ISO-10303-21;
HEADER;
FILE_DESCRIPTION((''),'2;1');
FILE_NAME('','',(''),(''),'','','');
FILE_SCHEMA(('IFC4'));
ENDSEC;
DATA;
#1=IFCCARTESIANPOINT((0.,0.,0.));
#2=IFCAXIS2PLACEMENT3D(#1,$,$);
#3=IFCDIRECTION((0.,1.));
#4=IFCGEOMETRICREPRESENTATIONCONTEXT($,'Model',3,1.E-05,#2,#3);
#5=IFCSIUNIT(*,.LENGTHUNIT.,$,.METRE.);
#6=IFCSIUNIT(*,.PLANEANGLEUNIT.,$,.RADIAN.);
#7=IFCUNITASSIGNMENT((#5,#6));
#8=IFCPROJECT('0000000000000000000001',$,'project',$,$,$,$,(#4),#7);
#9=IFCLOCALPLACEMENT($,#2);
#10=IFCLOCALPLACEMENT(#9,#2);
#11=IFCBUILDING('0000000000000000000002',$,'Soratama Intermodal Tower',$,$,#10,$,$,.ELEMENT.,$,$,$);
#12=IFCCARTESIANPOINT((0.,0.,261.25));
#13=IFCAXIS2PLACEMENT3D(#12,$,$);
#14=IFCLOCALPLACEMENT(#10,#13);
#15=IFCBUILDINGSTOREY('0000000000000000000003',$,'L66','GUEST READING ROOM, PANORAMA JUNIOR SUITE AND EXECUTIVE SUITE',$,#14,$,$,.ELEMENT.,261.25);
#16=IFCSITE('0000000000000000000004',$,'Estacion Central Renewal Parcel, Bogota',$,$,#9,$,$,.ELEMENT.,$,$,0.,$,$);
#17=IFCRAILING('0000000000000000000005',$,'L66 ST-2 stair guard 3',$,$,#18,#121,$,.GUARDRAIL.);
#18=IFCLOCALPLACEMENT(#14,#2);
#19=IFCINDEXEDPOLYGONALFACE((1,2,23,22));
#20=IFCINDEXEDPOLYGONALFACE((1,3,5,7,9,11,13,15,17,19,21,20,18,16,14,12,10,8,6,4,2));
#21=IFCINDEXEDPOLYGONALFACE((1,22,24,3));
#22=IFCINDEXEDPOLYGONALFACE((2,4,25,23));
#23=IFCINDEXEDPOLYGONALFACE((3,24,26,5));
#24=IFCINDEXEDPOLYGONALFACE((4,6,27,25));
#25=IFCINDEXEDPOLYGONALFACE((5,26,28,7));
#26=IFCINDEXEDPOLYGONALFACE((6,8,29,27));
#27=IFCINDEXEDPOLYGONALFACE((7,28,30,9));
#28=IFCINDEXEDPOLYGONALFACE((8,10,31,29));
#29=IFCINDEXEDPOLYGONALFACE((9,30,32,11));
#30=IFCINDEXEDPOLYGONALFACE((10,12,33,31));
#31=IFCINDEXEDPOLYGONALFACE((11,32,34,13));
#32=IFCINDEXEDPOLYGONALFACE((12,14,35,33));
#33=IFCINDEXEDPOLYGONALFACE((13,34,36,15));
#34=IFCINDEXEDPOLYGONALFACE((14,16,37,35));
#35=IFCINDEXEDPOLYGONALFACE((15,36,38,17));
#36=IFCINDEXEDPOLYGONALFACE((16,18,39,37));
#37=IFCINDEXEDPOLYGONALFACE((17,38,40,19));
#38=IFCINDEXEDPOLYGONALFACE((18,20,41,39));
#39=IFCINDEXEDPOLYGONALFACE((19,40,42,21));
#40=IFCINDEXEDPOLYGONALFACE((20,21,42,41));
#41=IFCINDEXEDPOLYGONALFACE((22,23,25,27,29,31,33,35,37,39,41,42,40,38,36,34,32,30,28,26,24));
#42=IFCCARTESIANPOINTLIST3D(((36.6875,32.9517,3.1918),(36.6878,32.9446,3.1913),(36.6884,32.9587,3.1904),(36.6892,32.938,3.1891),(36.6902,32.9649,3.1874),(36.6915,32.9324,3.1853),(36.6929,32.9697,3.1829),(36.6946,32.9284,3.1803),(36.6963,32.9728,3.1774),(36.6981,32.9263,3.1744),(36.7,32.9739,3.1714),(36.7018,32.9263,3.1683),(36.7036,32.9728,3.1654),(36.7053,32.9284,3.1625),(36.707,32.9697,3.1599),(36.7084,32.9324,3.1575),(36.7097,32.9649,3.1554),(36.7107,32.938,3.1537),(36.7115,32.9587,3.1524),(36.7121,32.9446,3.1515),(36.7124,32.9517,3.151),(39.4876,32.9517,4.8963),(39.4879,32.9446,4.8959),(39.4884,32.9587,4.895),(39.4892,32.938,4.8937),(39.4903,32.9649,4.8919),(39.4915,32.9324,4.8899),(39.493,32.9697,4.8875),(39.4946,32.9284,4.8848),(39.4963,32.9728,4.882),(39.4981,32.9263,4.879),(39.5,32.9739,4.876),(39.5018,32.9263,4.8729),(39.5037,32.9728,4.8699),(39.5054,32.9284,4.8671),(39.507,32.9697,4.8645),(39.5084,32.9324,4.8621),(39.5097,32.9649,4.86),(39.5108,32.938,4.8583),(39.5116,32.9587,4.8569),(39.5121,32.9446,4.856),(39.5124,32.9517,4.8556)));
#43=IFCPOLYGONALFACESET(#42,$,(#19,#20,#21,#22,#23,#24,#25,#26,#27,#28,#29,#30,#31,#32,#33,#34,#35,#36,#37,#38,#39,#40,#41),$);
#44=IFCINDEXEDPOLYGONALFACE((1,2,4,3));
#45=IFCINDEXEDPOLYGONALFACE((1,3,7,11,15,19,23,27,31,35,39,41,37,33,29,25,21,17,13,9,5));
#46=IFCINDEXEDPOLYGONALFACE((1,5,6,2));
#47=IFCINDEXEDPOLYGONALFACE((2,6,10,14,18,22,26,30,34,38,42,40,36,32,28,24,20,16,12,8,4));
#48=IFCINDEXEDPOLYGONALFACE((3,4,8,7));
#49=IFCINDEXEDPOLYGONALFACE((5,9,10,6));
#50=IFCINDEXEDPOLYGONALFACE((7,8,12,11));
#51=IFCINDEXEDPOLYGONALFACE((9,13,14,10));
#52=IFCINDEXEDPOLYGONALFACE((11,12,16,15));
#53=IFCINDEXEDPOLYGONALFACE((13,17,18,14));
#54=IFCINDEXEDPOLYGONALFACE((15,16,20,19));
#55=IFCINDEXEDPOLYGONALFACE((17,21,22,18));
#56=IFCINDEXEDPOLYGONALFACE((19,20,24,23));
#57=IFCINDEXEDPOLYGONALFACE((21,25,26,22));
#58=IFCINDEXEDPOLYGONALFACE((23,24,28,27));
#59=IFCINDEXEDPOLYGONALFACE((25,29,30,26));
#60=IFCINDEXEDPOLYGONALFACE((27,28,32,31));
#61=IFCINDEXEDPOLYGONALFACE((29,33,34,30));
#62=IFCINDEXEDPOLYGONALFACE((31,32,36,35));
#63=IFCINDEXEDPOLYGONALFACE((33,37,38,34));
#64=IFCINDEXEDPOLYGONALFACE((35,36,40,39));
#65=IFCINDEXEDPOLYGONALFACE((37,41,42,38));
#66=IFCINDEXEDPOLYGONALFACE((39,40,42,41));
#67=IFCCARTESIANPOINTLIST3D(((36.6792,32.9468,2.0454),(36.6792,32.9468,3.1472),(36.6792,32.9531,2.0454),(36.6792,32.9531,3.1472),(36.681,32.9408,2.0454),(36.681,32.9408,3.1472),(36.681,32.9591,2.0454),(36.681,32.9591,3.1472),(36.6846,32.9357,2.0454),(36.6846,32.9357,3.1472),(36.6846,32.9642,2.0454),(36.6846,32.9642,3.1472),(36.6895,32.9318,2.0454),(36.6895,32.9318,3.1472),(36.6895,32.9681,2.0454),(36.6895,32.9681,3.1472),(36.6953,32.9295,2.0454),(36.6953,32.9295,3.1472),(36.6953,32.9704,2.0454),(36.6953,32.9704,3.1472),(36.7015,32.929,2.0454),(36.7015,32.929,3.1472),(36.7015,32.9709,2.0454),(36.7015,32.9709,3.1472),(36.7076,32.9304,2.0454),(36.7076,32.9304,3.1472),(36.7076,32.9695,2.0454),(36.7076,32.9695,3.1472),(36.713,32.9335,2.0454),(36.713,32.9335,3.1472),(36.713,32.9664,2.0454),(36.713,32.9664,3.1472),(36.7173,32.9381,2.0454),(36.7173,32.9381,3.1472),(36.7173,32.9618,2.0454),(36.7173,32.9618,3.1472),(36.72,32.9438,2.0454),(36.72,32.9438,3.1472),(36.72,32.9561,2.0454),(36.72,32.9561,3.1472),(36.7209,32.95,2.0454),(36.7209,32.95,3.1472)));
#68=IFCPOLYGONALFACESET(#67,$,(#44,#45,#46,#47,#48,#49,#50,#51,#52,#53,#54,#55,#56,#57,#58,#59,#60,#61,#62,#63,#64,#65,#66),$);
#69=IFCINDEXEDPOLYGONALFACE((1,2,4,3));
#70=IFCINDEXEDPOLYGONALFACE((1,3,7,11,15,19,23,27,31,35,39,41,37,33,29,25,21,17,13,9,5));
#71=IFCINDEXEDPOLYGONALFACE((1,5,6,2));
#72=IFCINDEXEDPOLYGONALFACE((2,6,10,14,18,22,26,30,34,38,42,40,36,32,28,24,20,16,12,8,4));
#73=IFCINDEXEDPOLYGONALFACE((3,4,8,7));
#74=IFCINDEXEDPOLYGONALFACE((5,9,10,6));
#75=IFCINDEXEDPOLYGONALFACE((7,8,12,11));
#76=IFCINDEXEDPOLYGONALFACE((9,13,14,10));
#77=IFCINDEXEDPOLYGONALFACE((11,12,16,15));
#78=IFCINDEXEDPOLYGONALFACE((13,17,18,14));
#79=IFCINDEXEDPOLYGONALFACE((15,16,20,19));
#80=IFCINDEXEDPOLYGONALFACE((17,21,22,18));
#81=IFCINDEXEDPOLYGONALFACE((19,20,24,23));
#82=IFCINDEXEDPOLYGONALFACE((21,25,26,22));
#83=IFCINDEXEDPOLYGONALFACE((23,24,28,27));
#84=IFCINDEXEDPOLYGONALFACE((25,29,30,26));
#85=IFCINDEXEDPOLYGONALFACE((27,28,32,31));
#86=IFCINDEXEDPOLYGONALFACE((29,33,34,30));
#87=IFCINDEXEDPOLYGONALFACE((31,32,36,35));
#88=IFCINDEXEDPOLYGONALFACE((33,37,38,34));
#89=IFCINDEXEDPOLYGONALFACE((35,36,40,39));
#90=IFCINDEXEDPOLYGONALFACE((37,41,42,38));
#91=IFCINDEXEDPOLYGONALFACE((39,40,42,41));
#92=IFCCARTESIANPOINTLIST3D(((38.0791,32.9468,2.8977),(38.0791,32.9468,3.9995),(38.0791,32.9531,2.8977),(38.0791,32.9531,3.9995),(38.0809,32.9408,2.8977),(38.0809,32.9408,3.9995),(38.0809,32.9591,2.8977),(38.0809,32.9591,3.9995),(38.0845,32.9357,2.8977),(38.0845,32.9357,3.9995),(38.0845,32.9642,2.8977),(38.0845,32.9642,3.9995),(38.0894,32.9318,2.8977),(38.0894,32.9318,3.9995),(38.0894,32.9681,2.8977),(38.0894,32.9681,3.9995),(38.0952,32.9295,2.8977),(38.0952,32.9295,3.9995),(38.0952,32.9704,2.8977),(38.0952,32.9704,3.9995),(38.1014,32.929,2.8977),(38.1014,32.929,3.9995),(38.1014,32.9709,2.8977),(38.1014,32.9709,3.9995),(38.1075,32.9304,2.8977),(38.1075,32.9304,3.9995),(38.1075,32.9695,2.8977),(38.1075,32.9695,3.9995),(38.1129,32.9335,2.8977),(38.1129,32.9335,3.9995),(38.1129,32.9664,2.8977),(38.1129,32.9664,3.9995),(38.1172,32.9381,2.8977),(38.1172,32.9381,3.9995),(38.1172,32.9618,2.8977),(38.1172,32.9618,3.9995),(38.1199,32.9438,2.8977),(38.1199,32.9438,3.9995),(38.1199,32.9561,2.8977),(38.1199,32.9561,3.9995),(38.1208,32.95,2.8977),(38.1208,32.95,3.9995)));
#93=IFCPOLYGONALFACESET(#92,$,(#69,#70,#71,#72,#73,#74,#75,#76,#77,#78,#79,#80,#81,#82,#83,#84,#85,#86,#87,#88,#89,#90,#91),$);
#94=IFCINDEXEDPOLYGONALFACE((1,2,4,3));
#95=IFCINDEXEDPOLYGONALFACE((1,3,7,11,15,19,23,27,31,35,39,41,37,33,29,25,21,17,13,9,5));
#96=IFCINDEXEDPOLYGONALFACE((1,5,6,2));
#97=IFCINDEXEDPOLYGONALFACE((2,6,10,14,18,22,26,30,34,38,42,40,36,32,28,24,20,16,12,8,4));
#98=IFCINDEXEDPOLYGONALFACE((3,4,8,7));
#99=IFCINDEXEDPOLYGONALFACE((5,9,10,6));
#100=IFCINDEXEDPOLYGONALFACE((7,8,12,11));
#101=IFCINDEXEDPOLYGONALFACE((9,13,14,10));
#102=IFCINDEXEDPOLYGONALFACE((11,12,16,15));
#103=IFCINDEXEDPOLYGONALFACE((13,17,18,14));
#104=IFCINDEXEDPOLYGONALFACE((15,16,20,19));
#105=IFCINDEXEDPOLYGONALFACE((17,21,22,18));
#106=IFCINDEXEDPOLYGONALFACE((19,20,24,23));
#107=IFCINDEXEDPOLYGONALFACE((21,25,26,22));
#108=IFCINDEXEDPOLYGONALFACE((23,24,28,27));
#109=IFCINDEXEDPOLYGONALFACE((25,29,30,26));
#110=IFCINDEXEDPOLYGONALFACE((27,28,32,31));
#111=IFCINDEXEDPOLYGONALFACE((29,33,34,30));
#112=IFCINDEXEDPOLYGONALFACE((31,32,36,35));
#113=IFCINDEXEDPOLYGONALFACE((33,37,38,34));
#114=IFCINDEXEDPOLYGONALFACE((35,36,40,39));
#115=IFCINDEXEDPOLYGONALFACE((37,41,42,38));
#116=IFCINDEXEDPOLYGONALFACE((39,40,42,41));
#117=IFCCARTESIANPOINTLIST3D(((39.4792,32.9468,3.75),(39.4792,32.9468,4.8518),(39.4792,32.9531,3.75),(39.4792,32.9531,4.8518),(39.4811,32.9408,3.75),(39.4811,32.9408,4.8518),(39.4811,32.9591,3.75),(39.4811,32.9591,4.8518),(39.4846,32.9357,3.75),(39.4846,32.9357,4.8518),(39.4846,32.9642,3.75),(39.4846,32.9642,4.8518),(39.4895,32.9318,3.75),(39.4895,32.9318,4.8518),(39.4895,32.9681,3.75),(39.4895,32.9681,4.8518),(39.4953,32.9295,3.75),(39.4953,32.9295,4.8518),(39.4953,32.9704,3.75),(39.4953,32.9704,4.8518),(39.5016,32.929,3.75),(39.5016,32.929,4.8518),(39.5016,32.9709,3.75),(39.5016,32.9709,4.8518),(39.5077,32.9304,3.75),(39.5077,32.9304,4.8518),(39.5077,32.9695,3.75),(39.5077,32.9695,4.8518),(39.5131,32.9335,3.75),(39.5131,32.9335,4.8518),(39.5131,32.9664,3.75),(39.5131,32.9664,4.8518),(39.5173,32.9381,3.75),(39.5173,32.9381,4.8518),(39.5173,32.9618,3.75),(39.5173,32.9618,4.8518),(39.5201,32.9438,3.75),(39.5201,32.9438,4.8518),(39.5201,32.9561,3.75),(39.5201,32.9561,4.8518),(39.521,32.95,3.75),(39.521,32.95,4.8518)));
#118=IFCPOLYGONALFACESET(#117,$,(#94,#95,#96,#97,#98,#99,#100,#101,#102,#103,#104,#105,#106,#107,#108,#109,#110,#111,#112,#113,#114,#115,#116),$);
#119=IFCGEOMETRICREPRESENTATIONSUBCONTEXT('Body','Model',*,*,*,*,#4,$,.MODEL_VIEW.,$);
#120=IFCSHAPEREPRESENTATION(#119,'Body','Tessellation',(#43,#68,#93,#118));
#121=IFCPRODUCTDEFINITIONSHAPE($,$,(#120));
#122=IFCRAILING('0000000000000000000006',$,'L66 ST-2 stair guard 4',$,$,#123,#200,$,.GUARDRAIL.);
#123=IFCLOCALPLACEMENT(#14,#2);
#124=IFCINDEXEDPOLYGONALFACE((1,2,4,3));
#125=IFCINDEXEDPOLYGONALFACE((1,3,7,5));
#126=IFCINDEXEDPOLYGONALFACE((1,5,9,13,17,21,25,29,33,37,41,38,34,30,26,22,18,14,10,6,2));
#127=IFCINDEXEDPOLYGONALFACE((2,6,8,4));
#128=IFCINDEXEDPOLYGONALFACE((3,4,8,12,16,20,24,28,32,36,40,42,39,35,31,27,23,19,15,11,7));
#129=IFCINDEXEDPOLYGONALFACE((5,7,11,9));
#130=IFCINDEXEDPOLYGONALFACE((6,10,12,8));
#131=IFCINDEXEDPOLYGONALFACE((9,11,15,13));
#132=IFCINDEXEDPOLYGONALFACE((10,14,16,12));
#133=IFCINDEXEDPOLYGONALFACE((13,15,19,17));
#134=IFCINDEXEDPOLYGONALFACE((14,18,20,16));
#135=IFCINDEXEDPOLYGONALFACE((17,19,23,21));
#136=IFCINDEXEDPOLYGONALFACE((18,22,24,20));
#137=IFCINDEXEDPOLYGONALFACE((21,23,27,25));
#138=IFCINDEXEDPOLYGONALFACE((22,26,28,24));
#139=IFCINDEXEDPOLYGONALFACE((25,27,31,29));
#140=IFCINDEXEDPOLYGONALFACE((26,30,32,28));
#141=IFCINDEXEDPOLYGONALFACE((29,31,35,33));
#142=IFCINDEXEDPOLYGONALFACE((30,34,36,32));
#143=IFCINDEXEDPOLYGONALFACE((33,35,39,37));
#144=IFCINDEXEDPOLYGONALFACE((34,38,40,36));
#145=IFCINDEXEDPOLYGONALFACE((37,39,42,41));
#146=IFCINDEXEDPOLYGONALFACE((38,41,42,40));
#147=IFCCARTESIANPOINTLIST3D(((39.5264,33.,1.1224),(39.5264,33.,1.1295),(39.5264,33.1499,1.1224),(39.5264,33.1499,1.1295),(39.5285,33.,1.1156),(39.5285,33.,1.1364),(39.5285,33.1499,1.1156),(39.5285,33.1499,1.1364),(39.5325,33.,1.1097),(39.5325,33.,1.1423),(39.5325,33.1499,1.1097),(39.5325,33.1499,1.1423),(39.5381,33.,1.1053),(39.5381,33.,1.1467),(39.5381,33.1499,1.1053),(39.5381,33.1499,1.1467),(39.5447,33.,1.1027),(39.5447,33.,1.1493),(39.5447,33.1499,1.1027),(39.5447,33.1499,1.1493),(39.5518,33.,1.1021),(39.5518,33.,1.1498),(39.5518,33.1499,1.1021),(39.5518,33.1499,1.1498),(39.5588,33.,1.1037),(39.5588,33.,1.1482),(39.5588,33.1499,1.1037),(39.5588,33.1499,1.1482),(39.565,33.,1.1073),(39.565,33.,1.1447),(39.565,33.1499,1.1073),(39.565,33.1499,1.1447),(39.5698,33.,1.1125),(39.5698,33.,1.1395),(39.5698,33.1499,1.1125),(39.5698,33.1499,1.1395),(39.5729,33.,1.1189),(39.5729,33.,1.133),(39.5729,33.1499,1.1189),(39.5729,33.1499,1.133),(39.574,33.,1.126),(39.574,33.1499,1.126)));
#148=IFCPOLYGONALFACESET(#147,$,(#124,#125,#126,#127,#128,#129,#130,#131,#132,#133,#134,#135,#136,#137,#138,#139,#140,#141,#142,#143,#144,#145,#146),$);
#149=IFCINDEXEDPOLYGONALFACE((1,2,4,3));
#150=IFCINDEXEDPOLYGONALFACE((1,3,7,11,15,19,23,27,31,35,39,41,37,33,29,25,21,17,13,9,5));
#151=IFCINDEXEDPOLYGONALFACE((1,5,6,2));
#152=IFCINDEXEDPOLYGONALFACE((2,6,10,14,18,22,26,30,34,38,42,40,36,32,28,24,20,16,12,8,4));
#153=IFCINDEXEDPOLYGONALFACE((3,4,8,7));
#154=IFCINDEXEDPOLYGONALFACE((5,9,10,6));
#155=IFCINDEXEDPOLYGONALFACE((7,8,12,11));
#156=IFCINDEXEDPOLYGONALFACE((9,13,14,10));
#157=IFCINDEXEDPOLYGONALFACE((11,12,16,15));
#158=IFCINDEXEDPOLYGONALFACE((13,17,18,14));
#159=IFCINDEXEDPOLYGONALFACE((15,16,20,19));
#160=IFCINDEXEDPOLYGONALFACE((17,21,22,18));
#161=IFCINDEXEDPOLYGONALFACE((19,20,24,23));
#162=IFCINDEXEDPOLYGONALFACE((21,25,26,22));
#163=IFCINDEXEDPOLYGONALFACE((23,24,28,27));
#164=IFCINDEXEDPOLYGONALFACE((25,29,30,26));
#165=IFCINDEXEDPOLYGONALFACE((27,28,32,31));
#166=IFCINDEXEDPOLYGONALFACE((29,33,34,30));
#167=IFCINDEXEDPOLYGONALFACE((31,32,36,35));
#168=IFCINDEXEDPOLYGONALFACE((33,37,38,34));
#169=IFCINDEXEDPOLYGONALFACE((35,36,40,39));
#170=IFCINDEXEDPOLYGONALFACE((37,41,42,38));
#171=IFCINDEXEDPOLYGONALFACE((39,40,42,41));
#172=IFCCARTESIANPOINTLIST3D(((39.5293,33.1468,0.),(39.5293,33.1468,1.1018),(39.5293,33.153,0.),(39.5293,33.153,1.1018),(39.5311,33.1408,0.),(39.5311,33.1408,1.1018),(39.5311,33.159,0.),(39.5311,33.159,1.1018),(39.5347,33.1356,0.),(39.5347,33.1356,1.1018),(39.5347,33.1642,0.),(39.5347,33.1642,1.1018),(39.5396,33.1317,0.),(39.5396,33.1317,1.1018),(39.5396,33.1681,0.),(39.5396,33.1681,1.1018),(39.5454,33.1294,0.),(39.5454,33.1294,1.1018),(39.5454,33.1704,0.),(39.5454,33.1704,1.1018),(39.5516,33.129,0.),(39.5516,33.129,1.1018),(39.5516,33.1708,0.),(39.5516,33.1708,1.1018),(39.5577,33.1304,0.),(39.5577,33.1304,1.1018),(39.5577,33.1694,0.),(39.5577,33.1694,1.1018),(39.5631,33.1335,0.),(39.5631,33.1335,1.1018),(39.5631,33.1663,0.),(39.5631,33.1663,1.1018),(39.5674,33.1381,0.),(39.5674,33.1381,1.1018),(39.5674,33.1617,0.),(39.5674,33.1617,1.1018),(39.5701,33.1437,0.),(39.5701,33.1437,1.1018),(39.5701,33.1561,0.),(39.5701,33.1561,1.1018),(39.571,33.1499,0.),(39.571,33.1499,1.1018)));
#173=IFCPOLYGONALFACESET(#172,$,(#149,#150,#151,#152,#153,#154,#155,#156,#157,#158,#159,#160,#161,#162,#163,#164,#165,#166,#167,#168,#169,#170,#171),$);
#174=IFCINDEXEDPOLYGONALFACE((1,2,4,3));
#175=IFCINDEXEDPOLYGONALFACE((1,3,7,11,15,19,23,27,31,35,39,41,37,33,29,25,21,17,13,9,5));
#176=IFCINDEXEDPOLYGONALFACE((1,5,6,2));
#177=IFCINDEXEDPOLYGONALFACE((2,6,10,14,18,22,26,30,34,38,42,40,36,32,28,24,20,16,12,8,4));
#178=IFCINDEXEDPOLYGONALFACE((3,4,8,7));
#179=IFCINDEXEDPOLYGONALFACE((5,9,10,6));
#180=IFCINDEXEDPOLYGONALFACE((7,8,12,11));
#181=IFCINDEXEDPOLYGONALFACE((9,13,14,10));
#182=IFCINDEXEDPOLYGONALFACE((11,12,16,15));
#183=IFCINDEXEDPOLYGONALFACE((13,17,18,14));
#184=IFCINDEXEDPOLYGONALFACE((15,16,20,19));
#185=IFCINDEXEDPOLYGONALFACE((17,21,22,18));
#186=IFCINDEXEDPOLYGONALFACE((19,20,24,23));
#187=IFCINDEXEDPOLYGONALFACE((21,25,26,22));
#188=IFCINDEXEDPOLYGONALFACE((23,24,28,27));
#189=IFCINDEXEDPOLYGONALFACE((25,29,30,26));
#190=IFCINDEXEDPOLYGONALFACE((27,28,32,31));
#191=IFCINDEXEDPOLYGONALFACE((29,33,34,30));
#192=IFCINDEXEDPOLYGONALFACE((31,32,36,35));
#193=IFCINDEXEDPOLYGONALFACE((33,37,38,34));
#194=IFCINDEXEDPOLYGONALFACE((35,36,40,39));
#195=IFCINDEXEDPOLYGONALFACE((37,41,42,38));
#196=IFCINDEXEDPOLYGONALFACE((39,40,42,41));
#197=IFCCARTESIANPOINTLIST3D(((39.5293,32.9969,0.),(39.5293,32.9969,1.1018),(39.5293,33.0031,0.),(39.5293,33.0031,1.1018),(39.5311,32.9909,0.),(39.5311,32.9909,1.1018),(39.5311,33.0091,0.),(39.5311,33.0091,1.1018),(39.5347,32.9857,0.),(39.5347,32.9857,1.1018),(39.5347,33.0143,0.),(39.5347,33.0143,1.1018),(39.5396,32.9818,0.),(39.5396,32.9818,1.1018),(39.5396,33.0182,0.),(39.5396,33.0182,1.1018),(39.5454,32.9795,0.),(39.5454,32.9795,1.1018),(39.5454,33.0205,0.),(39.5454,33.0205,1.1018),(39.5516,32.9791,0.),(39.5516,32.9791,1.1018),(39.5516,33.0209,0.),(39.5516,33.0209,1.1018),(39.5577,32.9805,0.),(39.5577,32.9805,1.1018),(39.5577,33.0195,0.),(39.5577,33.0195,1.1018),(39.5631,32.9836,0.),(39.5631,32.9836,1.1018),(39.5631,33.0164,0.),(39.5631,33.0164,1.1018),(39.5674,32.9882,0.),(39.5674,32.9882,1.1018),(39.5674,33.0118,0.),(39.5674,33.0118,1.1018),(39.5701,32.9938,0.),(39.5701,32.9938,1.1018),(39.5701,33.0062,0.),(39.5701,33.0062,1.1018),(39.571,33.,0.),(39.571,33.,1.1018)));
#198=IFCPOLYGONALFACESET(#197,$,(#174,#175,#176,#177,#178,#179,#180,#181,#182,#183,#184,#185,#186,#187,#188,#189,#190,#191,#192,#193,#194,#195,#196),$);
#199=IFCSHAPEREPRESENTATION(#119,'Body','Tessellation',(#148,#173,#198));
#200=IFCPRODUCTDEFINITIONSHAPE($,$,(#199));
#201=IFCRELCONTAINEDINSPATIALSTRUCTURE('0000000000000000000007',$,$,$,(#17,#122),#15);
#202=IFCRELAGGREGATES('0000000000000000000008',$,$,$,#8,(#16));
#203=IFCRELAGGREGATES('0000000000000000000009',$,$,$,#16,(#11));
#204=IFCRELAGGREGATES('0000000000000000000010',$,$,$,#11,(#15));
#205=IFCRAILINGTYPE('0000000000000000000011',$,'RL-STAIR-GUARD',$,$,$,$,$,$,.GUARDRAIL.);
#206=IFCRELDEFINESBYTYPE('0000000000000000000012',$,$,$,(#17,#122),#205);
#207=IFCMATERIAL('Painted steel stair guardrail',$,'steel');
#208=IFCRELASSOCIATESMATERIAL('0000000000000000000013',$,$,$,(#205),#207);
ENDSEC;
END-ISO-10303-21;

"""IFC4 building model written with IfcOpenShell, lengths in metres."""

from ifc_helpers import new_model, si_unit, direction, frame, origin, origin_2d, place, context, subcontext, project, spatial, circle, extrude, material, type_object, element, save


model = new_model("IFC4")

# Units and contexts
model_context = context("Model", 3, precision=1e-05, world=origin(), true_north=direction((0.0, 1.0)))
body_context = subcontext(model_context, "Body", "Model", "MODEL_VIEW")
ifc_project = project(units=[si_unit("LENGTHUNIT", "METRE"), si_unit("PLANEANGLEUNIT", "RADIAN")], contexts=[model_context])

# Site, building, storey
site_placement = place(None, origin())
site = spatial("IfcSite", under=ifc_project, at=site_placement, Name="Estacion Central Renewal Parcel, Bogota", CompositionType="ELEMENT", RefElevation=0.0)
building_placement = place(site_placement, origin())
building = spatial("IfcBuilding", under=site, at=building_placement, Name="Soratama Intermodal Tower", CompositionType="ELEMENT")
storey_placement = place(building_placement, frame((0.0, 0.0, 261.25)))
storey = spatial("IfcBuildingStorey", under=building, at=storey_placement, Name="L66", Description="GUEST READING ROOM, PANORAMA JUNIOR SUITE AND EXECUTIVE SUITE", CompositionType="ELEMENT", Elevation=261.25)

# Railings
ifc_material_1 = material(Name="Painted steel stair guardrail", Category="steel")
railing_type_1 = type_object("IfcRailingType", Name="RL-STAIR-GUARD", PredefinedType="GUARDRAIL", material=ifc_material_1)
railing_1_placement = place(storey_placement, frame((36.7, 32.95, 2.0454)))
element("IfcRailing", 1, at=railing_1_placement, inside=storey, type_object=railing_type_1, Name="L66 ST-2 stair guard 3", PredefinedType="GUARDRAIL", context=body_context, shape_type="SweptSolid", body=[
    extrude(circle(Radius=0.0239, at=origin_2d()), frame((0.0, 0.0, 1.126), z_axis=(0.85417, 0.0, 0.519994), x_axis=(0.0, 1.0, 0.0)), (0.0, 0.0, 1.0), 3.2781),
    extrude(circle(Radius=0.021, at=origin_2d()), origin(), (0.0, 0.0, 1.0), 1.1018),
    extrude(circle(Radius=0.021, at=origin_2d()), frame((1.3999, 0.0, 0.8523)), (0.0, 0.0, 1.0), 1.1018),
    extrude(circle(Radius=0.021, at=origin_2d()), frame((2.8, 0.0, 1.7046)), (0.0, 0.0, 1.0), 1.1018),
])
railing_2_placement = place(storey_placement, frame((39.55, 33.1499, 0.0)))
element("IfcRailing", 2, at=railing_2_placement, inside=storey, type_object=railing_type_1, Name="L66 ST-2 stair guard 4", PredefinedType="GUARDRAIL", context=body_context, shape_type="SweptSolid", body=[
    extrude(circle(Radius=0.0239, at=origin_2d()), frame((0.0, 0.0, 1.126), z_axis=(0.0, -1.0, 0.0), x_axis=(1.0, 0.0, 0.0)), (0.0, 0.0, 1.0), 0.1499),
    extrude(circle(Radius=0.021, at=origin_2d()), origin(), (0.0, 0.0, 1.0), 1.1018),
    extrude(circle(Radius=0.021, at=origin_2d()), frame((0.0, -0.1499, 0.0)), (0.0, 0.0, 1.0), 1.1018),
])

save(model, "model.ifc")
